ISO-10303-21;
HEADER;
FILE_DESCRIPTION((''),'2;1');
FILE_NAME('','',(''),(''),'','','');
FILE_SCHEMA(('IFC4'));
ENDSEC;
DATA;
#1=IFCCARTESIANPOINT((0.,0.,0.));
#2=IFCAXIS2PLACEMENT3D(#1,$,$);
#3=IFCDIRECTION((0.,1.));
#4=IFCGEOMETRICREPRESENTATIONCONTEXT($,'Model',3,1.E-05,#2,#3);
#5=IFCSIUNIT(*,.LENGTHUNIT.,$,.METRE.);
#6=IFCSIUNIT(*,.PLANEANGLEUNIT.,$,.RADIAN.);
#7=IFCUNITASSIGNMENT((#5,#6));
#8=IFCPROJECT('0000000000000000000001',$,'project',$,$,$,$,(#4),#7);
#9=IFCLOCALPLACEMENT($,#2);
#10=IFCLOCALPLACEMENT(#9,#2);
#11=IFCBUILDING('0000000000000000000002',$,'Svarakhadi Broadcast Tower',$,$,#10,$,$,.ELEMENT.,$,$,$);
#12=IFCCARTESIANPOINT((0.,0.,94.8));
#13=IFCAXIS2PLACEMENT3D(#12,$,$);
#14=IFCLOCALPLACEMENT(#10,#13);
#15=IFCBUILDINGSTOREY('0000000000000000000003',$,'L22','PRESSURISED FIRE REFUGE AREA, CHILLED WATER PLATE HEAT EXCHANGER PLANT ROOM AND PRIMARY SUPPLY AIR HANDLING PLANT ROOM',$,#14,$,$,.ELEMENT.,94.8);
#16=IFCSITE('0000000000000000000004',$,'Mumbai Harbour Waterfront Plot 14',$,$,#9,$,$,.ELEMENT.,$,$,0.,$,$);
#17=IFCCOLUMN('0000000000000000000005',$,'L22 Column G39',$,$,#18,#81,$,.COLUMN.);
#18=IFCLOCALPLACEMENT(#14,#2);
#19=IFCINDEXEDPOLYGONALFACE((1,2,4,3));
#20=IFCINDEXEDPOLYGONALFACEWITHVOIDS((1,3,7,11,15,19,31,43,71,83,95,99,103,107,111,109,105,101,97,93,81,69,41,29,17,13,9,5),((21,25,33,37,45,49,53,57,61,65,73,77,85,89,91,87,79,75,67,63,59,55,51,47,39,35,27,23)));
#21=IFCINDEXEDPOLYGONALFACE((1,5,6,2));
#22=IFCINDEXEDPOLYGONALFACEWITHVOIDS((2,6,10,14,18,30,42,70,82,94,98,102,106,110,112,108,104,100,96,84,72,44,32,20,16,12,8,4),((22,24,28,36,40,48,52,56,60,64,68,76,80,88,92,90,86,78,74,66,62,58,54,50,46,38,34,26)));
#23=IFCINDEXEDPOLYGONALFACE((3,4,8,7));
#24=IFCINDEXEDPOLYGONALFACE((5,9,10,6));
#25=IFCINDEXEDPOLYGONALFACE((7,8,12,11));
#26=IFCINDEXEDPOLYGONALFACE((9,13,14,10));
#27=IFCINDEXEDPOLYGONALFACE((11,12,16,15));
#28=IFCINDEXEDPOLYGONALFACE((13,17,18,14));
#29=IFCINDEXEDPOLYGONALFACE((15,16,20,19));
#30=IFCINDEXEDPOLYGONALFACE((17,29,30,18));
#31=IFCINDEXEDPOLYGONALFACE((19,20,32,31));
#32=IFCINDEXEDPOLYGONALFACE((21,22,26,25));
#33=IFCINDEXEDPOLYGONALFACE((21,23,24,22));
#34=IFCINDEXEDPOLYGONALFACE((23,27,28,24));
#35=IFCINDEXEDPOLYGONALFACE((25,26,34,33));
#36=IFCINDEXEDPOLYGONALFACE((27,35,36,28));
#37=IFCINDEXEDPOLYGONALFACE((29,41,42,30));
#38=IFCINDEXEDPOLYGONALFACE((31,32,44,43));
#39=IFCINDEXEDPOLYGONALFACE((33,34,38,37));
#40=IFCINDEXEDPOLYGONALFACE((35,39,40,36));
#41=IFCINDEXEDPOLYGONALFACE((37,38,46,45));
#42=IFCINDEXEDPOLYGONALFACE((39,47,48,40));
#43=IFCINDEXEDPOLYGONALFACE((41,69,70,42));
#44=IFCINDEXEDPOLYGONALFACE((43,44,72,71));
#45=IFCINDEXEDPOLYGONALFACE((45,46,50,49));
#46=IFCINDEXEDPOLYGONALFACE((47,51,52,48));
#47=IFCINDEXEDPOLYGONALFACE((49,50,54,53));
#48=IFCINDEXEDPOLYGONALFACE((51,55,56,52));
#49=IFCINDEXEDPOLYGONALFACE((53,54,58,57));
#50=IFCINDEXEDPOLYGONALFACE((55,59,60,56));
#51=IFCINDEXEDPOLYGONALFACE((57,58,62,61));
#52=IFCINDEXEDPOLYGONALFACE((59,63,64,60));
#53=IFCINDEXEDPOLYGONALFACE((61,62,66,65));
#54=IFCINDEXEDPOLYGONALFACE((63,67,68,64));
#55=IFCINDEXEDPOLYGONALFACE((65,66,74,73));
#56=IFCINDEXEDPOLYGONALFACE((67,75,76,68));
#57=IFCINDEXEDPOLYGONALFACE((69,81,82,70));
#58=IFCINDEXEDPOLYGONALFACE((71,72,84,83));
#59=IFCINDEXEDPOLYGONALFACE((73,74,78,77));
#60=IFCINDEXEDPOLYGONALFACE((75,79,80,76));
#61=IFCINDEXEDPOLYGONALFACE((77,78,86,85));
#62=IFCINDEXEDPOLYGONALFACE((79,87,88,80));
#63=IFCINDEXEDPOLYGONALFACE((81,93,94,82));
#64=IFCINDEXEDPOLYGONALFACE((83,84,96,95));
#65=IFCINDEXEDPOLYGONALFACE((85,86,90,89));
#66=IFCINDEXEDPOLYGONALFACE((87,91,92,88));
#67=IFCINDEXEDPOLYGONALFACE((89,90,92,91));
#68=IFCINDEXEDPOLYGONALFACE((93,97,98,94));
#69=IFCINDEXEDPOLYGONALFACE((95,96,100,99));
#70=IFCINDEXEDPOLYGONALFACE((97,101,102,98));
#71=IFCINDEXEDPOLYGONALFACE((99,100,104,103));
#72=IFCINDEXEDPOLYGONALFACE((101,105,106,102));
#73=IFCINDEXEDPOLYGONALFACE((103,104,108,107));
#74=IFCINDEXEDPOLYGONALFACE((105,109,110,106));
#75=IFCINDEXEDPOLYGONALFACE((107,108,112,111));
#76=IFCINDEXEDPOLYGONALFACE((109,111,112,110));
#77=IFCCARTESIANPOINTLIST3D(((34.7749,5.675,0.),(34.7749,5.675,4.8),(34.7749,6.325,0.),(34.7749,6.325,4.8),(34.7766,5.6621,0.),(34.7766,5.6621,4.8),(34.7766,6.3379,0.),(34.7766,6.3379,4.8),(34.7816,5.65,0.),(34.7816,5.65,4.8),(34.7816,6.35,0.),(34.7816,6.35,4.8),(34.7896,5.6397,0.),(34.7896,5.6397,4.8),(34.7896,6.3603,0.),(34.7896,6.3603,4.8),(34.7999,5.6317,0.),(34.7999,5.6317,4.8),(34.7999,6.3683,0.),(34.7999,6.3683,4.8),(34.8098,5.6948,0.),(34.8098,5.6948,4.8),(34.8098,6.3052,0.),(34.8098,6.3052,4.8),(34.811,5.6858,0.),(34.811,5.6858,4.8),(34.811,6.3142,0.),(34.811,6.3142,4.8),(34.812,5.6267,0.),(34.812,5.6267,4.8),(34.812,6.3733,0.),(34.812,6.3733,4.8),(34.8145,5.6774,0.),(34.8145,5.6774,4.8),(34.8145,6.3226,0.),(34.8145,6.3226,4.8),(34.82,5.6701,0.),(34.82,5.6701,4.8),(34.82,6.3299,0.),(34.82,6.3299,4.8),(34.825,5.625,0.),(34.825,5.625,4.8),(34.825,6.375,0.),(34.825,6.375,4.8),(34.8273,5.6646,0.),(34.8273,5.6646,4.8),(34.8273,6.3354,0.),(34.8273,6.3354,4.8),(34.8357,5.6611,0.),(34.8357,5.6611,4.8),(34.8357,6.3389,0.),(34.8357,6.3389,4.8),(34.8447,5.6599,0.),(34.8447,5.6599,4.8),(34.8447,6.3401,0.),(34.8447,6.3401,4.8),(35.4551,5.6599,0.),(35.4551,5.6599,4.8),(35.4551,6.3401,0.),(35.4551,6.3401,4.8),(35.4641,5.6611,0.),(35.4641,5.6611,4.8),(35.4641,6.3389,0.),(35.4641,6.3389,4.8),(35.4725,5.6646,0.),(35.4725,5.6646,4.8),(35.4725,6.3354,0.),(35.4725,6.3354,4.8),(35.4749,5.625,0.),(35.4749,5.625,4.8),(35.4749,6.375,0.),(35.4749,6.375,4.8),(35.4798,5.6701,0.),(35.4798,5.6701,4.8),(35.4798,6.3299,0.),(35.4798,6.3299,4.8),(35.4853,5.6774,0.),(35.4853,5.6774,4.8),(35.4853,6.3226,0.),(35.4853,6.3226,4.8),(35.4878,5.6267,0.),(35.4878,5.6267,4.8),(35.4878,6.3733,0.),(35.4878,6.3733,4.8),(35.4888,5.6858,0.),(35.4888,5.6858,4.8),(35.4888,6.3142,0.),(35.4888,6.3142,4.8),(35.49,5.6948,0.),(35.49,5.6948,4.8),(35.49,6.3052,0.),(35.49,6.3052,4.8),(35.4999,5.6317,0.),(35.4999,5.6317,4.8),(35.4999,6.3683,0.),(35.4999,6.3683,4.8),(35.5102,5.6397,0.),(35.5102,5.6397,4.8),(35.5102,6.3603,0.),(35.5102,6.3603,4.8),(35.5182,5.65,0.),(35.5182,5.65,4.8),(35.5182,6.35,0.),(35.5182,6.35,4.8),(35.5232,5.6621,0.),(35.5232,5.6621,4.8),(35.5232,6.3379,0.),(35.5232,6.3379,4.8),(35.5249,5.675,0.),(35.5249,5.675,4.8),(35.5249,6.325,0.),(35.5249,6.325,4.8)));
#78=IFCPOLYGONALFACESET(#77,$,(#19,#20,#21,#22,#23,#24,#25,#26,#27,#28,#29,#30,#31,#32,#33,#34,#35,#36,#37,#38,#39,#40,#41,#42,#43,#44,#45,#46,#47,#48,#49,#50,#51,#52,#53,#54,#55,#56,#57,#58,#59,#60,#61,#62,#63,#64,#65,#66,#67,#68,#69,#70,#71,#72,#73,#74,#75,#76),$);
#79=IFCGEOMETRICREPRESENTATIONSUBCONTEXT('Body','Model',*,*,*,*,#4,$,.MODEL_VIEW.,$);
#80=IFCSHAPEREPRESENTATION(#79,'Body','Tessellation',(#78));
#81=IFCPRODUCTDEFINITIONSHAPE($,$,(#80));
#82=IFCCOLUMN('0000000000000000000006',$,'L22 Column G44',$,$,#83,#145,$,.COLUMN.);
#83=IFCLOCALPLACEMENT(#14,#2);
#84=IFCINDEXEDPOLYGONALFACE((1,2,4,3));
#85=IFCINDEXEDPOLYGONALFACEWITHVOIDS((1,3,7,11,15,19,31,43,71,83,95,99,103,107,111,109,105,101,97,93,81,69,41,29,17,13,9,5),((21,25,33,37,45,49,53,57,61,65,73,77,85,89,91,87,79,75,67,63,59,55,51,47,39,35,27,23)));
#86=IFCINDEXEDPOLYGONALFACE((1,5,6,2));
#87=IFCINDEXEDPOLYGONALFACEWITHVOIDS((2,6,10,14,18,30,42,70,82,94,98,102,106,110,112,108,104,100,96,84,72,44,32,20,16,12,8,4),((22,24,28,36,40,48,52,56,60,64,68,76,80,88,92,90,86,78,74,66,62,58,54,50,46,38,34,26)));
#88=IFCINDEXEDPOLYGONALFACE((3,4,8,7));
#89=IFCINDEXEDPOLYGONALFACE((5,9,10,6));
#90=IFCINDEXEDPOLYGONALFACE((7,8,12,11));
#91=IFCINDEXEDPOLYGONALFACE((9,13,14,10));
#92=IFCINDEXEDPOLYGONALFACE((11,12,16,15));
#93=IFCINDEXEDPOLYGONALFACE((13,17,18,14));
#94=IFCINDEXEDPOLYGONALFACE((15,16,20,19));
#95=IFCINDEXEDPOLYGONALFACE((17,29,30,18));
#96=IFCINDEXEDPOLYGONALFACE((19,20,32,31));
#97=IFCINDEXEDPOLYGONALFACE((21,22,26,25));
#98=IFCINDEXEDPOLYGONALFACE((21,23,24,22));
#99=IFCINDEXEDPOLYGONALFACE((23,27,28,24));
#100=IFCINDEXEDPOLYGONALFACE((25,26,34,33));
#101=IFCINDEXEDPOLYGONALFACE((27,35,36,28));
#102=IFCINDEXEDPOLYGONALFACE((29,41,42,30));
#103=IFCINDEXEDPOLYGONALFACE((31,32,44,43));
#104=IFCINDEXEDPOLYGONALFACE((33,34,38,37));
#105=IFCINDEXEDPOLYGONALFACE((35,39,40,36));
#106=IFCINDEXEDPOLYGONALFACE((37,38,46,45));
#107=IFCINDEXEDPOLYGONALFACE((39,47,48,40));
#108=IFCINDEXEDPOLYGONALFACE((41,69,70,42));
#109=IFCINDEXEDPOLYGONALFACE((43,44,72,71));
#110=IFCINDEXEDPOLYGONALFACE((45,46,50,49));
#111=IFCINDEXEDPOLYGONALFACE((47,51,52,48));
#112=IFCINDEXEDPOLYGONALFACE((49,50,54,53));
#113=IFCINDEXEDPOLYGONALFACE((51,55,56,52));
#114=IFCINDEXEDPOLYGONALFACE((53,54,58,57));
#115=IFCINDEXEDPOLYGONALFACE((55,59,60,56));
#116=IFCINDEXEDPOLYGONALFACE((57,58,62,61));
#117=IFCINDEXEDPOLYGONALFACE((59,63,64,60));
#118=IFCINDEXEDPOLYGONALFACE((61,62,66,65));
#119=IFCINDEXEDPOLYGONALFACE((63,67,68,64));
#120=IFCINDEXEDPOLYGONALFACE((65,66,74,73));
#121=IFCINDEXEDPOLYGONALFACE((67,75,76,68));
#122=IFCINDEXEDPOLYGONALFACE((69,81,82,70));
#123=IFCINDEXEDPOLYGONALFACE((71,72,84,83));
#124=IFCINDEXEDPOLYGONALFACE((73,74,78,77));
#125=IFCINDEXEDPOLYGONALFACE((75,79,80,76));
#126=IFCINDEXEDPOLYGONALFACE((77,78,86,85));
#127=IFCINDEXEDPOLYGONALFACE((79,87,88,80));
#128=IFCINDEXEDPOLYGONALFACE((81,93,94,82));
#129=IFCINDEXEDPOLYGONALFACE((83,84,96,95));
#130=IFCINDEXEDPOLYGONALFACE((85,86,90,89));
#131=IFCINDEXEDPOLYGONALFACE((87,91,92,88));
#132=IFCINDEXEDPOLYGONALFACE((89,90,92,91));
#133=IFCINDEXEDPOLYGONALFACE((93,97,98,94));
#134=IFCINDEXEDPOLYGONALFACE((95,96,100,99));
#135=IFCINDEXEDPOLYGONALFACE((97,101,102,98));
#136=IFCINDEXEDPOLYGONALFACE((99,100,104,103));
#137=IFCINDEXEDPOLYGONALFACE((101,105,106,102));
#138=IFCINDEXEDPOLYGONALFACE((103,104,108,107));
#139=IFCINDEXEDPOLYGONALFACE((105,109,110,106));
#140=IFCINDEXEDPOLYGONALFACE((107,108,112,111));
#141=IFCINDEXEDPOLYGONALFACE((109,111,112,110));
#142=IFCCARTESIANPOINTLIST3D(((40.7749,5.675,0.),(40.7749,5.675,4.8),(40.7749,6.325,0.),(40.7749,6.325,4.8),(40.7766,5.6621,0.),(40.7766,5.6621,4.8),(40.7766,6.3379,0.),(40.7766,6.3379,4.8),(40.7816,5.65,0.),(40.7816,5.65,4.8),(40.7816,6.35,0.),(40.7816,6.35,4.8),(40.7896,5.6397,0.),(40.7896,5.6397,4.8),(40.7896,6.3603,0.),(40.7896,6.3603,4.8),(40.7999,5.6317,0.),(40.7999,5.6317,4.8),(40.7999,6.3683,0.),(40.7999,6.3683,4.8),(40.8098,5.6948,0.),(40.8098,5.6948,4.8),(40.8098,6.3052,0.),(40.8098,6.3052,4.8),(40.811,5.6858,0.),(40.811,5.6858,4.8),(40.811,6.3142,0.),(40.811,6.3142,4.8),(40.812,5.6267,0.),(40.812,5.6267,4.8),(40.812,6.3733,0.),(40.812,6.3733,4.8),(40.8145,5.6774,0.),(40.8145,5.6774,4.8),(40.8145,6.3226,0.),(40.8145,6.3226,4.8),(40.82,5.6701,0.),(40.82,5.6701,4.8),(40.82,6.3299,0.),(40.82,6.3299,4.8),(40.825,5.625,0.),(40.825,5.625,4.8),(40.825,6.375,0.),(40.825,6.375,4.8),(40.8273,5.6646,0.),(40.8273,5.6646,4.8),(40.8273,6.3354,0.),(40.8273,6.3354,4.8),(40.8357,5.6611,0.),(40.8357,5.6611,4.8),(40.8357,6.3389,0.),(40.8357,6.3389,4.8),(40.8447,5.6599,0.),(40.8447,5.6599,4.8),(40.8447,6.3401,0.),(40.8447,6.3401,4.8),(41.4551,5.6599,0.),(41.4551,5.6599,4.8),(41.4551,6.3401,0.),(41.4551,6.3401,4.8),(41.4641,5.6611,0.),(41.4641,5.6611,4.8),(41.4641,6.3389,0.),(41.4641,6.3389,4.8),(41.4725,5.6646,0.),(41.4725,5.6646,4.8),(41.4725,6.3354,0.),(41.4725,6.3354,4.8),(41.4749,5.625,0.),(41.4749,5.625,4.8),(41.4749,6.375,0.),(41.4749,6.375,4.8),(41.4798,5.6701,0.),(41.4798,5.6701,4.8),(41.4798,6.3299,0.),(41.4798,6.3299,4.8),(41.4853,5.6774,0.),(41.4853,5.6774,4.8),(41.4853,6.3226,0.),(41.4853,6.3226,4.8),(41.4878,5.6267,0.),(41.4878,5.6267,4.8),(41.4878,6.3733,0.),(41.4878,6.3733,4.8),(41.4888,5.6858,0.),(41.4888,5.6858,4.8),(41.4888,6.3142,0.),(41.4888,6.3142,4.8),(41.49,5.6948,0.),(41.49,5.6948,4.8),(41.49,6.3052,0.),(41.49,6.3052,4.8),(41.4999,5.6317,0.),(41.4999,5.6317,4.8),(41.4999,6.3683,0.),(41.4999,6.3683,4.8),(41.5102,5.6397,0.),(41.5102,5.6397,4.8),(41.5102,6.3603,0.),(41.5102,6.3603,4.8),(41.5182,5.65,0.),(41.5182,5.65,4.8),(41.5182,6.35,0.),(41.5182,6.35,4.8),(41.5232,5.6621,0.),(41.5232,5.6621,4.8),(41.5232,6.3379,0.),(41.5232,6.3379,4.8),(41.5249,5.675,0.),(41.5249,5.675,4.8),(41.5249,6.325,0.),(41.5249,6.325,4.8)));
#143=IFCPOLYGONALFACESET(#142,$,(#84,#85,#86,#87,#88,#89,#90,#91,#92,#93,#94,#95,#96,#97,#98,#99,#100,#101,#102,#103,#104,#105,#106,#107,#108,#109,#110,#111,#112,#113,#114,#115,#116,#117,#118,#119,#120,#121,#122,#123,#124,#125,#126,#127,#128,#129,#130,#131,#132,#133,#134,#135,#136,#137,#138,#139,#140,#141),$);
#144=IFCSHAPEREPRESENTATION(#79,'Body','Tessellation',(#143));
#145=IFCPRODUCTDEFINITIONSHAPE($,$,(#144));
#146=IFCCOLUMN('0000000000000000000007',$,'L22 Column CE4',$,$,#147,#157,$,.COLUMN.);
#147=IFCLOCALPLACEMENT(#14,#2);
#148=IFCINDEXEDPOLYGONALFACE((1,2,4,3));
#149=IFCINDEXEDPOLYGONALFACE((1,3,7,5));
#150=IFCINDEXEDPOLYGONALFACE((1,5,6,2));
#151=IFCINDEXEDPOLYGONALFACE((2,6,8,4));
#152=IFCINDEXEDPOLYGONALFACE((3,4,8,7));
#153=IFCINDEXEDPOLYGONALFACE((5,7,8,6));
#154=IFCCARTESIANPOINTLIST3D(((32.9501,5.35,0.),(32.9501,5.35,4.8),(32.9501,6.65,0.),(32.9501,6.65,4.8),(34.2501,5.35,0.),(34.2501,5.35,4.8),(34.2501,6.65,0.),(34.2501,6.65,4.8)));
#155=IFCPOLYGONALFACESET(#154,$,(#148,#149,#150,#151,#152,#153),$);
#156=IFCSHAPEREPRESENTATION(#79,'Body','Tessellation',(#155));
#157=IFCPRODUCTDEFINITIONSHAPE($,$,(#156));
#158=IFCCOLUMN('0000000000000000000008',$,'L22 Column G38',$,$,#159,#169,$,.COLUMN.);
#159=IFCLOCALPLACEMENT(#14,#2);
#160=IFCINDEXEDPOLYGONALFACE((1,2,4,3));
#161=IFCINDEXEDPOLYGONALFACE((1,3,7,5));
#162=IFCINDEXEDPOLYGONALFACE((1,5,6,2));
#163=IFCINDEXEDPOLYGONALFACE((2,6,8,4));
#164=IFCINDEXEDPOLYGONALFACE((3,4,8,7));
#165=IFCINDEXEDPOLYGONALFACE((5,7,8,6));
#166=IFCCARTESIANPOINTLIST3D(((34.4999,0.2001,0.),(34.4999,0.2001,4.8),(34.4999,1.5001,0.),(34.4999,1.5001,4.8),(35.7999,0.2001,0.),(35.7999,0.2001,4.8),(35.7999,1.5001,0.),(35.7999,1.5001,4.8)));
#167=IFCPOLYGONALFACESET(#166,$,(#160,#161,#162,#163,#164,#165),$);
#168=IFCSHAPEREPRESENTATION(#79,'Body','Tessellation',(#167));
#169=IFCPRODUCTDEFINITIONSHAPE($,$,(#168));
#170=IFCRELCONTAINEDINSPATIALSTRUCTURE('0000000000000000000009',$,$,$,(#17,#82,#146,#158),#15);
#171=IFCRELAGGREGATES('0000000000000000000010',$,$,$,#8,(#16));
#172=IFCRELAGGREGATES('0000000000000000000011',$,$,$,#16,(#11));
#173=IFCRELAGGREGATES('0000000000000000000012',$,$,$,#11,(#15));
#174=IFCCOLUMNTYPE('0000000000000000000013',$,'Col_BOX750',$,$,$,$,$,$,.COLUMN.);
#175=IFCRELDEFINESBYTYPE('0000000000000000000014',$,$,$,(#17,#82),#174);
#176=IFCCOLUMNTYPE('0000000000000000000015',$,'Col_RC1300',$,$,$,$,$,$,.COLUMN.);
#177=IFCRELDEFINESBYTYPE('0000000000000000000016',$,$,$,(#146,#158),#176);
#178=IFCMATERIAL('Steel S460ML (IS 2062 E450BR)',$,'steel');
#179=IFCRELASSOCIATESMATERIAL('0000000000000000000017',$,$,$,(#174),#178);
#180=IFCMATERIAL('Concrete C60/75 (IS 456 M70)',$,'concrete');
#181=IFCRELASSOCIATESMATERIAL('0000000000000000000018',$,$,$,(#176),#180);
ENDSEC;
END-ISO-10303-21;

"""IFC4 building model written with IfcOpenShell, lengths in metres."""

from ifc_helpers import new_model, si_unit, direction, frame, origin, origin_2d, place, context, subcontext, project, spatial, rectangle, hollow_rectangle, extrude, material, material_profile, profile_set, type_object, element, save


model = new_model("IFC4")

# Units and contexts
model_context = context("Model", 3, precision=1e-05, world=origin(), true_north=direction((0.0, 1.0)))
body_context = subcontext(model_context, "Body", "Model", "MODEL_VIEW")
ifc_project = project(units=[si_unit("LENGTHUNIT", "METRE"), si_unit("PLANEANGLEUNIT", "RADIAN")], contexts=[model_context])

# Site, building, storey
site_placement = place(None, origin())
site = spatial("IfcSite", under=ifc_project, at=site_placement, Name="Mumbai Harbour Waterfront Plot 14", CompositionType="ELEMENT", RefElevation=0.0)
building_placement = place(site_placement, origin())
building = spatial("IfcBuilding", under=site, at=building_placement, Name="Svarakhadi Broadcast Tower", CompositionType="ELEMENT")
storey_placement = place(building_placement, frame((0.0, 0.0, 94.8)))
storey = spatial("IfcBuildingStorey", under=building, at=storey_placement, Name="L22", Description="PRESSURISED FIRE REFUGE AREA, CHILLED WATER PLATE HEAT EXCHANGER PLANT ROOM AND PRIMARY SUPPLY AIR HANDLING PLANT ROOM", CompositionType="ELEMENT", Elevation=94.8)

# Columns
ifc_material_1 = material(Name="Steel S460ML (IS 2062 E450BR)", Category="steel")
ifc_material_profile_1 = material_profile(ifc_material_1, hollow_rectangle(XDim=0.75, YDim=0.75, WallThickness=0.0349, InnerFilletRadius=0.0349, OuterFilletRadius=0.05, at=origin_2d()), Name="BOX 750x750x35")
ifc_profile_set_1 = profile_set([ifc_material_profile_1], Name="Steel S460ML (IS 2062 E450BR)")
column_type_1 = type_object("IfcColumnType", Name="Col_BOX750", PredefinedType="COLUMN", material=ifc_profile_set_1)
for number, where, z_axis, x_axis, name in (
    (1, (35.1499, 6.0, 0.0), (0.0, 0.0, 1.0), (1.0, 0.0, 0.0), "L22 Column G39"),
    (2, (41.1499, 6.0, 0.0), (0.0, 0.0, 1.0), (1.0, 0.0, 0.0), "L22 Column G44"),
):
    element("IfcColumn", number, at=place(storey_placement, frame(where, z_axis=z_axis, x_axis=x_axis)), inside=storey, type_object=column_type_1, Name=name, PredefinedType="COLUMN", context=body_context, shape_type="SweptSolid", body=[
        extrude(hollow_rectangle(XDim=0.75, YDim=0.75, WallThickness=0.0349, InnerFilletRadius=0.0349, OuterFilletRadius=0.05, at=origin_2d()), origin(), (0.0, 0.0, 1.0), 4.8),
    ])
ifc_material_2 = material(Name="Concrete C60/75 (IS 456 M70)", Category="concrete")
ifc_material_profile_2 = material_profile(ifc_material_2, rectangle(XDim=1.3, YDim=1.3, at=origin_2d()), Name="RC 1300x1300")
ifc_profile_set_2 = profile_set([ifc_material_profile_2], Name="Concrete C60/75 (IS 456 M70)")
column_type_2 = type_object("IfcColumnType", Name="Col_RC1300", PredefinedType="COLUMN", material=ifc_profile_set_2)
for number, where, z_axis, x_axis, name in (
    (3, (33.6001, 6.0, 0.0), (0.0, 0.0, 1.0), (1.0, 0.0, 0.0), "L22 Column CE4"),
    (4, (35.1499, 0.8501, 0.0), (0.0, 0.0, 1.0), (1.0, 0.0, 0.0), "L22 Column G38"),
):
    element("IfcColumn", number, at=place(storey_placement, frame(where, z_axis=z_axis, x_axis=x_axis)), inside=storey, type_object=column_type_2, Name=name, PredefinedType="COLUMN", context=body_context, shape_type="SweptSolid", body=[
        extrude(rectangle(XDim=1.3, YDim=1.3, at=origin_2d()), origin(), (0.0, 0.0, 1.0), 4.8),
    ])

save(model, "model.ifc")
